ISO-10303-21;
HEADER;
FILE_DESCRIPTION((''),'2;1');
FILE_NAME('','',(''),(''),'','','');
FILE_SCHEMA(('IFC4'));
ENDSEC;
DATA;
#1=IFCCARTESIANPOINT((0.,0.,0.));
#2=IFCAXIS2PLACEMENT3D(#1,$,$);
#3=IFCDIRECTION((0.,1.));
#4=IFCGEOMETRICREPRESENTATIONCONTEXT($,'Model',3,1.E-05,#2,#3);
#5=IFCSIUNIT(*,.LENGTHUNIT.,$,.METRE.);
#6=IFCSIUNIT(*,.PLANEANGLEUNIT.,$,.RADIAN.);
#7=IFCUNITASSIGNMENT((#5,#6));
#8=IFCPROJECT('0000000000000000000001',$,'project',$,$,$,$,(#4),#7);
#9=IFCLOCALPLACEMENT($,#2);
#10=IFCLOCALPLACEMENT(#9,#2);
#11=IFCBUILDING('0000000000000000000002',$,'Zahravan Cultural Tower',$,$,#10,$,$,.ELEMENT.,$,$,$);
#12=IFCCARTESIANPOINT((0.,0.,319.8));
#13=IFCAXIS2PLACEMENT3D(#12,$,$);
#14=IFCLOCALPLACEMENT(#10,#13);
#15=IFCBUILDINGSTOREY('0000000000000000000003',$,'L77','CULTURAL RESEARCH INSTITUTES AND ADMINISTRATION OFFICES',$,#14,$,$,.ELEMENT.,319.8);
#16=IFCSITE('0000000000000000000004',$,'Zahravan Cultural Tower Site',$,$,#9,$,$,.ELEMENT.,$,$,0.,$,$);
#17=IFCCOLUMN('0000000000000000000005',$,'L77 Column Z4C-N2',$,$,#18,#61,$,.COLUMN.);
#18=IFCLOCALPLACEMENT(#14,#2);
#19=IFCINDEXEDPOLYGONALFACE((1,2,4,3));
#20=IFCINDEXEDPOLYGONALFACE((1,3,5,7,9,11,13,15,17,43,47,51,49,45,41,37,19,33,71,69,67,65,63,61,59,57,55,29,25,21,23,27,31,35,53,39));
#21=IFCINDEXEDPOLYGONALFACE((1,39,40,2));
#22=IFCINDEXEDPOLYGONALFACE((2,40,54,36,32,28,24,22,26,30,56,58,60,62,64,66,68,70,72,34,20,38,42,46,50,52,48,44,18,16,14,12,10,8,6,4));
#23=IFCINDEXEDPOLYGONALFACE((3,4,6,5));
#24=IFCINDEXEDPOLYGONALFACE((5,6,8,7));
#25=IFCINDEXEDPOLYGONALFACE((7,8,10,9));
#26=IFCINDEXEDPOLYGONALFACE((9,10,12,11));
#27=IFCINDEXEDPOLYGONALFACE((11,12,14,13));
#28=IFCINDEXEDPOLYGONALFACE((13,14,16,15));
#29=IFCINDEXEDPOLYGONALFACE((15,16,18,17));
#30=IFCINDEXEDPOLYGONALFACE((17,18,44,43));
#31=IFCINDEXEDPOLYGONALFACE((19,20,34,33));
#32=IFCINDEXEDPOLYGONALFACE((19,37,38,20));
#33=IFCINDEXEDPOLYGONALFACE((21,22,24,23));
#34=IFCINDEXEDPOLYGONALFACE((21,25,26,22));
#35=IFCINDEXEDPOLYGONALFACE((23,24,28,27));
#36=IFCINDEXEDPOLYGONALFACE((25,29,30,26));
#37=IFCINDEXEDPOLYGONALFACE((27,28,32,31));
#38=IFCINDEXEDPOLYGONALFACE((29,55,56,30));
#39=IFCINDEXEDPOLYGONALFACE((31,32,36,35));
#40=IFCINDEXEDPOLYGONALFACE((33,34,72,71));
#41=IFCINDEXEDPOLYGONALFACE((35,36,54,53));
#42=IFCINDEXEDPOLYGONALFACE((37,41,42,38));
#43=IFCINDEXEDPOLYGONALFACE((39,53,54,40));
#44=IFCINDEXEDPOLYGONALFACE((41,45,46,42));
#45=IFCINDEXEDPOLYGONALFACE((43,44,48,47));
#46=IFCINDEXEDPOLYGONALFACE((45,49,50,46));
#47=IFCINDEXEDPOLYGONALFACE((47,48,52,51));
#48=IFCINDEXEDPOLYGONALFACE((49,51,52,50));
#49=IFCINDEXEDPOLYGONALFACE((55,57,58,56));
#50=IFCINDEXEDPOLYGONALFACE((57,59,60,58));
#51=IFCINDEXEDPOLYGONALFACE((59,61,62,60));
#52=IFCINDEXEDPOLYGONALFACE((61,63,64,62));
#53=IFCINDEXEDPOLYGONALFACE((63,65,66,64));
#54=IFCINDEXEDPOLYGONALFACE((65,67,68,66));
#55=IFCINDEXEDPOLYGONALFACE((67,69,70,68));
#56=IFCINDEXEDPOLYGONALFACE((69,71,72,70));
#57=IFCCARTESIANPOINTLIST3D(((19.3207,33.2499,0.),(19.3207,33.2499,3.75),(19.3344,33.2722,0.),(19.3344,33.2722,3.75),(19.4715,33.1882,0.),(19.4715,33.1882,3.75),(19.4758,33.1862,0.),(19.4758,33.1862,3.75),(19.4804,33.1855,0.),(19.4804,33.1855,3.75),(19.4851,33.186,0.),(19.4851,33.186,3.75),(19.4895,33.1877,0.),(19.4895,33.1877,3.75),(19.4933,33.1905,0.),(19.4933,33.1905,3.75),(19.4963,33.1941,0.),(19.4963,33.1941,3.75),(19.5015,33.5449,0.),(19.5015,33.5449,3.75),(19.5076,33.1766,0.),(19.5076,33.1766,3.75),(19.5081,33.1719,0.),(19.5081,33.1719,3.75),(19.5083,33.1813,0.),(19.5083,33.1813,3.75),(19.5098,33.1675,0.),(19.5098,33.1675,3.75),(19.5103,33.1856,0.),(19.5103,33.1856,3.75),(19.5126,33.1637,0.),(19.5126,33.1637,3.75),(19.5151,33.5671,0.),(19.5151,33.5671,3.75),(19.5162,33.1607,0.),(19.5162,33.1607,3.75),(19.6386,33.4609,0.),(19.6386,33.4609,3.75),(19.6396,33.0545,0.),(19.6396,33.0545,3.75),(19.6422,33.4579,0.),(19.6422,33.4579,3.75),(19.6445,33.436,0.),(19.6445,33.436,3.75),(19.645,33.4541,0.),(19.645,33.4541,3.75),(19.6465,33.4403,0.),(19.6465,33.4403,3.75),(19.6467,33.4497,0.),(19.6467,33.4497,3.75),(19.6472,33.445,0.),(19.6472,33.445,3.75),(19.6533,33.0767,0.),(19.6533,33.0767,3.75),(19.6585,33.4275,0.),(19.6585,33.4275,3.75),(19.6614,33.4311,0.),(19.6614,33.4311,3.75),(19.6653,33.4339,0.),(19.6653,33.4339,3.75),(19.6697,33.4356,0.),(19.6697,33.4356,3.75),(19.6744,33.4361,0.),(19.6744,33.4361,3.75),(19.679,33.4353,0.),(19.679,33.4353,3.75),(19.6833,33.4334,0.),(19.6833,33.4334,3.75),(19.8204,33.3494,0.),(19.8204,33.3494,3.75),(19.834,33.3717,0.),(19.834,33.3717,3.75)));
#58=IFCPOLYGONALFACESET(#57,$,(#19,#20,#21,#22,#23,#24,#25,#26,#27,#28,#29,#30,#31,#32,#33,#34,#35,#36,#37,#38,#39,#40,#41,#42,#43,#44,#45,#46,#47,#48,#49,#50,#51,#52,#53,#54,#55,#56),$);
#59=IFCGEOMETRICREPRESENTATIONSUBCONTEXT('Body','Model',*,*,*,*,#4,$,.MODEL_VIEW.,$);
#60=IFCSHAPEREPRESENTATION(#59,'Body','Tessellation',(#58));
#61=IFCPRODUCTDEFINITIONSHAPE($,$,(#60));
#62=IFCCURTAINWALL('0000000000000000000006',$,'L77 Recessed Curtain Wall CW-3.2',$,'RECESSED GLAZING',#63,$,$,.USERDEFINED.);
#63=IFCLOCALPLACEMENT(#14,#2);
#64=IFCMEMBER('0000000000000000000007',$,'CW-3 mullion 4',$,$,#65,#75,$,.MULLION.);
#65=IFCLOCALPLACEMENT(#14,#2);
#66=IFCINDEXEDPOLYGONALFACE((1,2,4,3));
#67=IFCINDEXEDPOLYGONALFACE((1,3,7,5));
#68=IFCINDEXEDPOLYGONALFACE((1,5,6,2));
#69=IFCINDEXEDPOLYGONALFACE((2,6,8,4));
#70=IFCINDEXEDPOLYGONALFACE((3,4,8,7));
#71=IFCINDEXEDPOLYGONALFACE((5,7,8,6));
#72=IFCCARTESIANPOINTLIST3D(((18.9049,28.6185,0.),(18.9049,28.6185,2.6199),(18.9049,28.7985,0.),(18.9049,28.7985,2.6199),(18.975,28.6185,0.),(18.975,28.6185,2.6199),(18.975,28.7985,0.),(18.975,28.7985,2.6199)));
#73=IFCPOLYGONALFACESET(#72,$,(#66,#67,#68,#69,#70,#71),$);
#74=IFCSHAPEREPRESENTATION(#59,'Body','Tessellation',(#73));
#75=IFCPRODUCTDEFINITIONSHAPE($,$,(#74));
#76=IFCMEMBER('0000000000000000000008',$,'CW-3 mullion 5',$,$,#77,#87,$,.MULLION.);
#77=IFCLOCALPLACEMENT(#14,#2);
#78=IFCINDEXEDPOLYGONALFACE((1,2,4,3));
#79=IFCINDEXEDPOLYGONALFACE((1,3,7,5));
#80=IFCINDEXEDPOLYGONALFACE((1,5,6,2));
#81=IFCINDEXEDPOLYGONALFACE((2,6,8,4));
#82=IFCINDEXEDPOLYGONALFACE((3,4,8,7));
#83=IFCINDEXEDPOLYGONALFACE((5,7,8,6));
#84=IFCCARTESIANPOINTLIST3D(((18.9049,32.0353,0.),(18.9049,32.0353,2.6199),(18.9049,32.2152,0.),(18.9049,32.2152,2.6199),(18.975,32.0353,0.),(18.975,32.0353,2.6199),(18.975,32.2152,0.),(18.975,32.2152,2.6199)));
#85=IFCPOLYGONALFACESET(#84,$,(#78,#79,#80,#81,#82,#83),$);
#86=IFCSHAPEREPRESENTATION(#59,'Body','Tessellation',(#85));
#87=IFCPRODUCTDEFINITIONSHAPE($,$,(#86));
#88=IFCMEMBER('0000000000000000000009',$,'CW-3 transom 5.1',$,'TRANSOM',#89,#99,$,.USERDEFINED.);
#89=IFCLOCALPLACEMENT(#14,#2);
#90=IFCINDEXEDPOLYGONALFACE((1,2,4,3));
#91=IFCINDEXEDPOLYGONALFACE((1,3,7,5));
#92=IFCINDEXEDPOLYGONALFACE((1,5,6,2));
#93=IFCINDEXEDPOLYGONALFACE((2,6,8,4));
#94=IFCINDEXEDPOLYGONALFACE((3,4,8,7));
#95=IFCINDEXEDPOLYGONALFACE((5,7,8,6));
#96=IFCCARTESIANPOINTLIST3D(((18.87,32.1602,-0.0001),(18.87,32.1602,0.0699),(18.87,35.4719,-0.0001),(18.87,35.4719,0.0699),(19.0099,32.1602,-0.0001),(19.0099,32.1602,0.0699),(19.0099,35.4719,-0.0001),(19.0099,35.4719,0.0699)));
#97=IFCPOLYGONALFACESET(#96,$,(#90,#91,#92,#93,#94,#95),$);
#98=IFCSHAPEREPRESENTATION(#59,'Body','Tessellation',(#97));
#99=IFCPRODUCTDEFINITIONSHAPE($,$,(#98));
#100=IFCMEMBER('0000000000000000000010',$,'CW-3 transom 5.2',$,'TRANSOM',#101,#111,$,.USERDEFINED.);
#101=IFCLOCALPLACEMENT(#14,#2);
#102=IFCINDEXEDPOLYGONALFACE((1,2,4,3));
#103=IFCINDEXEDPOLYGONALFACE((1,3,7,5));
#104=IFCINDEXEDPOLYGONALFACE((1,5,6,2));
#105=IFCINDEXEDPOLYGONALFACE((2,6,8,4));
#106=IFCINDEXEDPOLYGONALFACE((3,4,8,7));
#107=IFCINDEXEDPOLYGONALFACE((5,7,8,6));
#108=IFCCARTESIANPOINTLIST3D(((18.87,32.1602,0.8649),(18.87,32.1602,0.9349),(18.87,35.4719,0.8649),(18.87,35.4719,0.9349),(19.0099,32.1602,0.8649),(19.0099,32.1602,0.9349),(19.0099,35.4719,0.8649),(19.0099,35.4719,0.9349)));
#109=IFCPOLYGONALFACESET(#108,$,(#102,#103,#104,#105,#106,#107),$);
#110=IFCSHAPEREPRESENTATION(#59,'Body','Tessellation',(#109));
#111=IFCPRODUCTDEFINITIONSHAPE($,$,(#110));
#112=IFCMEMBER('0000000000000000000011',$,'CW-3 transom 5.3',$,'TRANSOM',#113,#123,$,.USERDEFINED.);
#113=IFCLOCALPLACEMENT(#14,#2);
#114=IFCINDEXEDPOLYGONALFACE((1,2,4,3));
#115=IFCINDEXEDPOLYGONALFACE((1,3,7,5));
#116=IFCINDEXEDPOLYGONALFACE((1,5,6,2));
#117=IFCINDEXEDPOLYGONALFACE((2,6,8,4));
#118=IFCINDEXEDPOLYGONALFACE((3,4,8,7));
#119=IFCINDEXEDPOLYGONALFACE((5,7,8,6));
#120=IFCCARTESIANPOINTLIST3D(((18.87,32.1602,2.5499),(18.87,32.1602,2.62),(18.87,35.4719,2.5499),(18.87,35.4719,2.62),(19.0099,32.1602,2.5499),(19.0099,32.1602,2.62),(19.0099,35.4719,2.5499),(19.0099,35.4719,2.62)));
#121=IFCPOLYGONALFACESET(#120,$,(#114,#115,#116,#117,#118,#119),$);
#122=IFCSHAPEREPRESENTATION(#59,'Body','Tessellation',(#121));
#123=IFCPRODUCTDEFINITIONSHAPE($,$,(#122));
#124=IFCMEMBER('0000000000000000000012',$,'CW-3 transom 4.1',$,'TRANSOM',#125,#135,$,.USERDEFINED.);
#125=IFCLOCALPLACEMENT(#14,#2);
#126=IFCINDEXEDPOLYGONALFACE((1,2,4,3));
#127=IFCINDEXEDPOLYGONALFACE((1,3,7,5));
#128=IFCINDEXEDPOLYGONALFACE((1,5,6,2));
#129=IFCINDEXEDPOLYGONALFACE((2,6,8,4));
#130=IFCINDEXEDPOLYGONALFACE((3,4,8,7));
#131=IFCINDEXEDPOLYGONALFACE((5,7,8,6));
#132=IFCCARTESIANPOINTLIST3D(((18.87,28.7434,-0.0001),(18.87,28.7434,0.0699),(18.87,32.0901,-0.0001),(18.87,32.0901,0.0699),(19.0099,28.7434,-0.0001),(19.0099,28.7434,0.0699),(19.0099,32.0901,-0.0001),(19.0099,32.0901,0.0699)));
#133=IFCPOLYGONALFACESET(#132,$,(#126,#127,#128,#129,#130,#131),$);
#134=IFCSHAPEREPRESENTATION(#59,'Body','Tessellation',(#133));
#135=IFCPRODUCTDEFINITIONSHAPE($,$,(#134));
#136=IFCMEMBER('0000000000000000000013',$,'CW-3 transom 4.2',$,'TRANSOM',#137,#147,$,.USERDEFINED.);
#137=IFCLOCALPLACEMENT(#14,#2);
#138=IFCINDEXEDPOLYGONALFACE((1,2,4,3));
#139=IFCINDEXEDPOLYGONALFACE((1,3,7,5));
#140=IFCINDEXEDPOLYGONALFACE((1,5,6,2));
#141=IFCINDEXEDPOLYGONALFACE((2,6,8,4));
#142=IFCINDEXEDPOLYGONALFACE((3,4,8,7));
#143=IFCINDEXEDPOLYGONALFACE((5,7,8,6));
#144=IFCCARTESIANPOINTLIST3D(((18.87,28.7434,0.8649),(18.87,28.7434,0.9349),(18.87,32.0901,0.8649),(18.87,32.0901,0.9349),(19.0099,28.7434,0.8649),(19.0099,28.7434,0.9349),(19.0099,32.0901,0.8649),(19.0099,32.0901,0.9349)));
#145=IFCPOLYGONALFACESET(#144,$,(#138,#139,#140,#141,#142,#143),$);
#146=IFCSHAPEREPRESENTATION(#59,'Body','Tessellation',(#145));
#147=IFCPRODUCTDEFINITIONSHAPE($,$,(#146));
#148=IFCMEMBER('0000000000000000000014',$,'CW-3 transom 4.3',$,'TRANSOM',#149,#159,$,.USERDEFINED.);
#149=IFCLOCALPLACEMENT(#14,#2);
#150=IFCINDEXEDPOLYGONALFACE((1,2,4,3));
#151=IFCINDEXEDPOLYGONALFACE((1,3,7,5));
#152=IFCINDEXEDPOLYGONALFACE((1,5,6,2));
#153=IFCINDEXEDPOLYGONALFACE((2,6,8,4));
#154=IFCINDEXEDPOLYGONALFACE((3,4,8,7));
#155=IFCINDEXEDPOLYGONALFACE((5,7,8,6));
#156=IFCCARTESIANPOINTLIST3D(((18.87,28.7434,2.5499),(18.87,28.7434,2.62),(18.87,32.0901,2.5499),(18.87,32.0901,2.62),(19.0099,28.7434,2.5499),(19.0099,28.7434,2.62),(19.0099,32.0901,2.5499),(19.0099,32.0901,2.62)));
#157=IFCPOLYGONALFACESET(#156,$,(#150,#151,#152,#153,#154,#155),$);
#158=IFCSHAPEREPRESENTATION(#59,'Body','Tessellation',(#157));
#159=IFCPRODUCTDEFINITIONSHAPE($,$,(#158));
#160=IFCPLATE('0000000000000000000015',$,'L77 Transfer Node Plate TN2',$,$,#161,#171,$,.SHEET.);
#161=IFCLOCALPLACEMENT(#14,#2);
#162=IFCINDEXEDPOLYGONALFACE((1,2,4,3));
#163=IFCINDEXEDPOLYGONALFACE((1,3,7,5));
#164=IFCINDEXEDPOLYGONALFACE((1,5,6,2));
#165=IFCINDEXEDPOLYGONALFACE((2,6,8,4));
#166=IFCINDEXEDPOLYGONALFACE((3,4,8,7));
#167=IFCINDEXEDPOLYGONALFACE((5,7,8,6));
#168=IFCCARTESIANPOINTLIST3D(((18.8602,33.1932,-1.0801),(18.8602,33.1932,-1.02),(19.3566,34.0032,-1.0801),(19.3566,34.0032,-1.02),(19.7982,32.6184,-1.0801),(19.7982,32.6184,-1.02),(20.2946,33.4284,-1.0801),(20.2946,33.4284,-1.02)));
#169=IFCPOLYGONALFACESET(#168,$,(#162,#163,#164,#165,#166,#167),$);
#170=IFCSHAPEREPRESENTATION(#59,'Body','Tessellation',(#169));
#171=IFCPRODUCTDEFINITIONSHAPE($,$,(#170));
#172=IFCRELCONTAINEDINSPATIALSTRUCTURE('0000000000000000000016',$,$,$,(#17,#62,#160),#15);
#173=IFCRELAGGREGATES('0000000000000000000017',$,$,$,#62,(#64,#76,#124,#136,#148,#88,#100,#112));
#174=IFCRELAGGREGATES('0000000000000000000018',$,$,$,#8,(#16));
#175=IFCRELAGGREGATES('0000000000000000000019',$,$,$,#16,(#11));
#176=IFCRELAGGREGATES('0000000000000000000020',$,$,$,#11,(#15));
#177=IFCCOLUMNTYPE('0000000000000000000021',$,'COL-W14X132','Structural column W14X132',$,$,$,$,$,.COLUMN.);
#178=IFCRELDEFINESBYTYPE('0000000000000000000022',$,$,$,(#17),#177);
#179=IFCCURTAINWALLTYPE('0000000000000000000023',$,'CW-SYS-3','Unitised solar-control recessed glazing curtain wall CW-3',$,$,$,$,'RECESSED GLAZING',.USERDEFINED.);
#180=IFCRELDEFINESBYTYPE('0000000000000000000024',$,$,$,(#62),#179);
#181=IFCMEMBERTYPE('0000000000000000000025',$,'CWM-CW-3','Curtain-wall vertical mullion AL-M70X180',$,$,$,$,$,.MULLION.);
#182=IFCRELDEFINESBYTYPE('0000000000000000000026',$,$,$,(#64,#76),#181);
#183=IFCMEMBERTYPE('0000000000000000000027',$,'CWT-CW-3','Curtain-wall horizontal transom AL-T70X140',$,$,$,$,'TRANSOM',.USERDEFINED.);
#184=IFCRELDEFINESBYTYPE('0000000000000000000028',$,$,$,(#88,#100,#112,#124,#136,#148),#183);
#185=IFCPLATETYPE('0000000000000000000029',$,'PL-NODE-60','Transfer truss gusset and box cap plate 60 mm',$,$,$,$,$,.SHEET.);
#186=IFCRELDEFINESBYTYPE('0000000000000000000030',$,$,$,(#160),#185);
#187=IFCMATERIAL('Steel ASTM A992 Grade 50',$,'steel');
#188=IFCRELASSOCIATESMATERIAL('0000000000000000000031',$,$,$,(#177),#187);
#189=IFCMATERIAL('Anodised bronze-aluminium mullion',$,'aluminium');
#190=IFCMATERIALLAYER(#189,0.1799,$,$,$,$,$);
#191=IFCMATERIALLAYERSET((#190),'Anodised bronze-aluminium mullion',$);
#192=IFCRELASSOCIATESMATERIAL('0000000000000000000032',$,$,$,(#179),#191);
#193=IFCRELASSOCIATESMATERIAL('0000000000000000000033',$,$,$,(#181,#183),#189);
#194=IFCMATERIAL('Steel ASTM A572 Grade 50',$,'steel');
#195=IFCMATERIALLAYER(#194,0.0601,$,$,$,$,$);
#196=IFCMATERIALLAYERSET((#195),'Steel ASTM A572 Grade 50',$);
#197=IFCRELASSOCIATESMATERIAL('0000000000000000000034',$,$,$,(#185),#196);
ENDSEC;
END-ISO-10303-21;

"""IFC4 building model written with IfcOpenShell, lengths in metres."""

from ifc_helpers import new_model, si_unit, direction, frame, origin, origin_2d, place, context, subcontext, project, spatial, rectangle, i_section, extrude, source, transform, mapped, material, layer, layer_set, material_profile, profile_set, type_object, element, aggregate, save


model = new_model("IFC4")

# Units and contexts
model_context = context("Model", 3, precision=1e-05, world=origin(), true_north=direction((0.0, 1.0)))
body_context = subcontext(model_context, "Body", "Model", "MODEL_VIEW")
ifc_project = project(units=[si_unit("LENGTHUNIT", "METRE"), si_unit("PLANEANGLEUNIT", "RADIAN")], contexts=[model_context])

# Site, building, storey
site_placement = place(None, origin())
site = spatial("IfcSite", under=ifc_project, at=site_placement, Name="Zahravan Cultural Tower Site", CompositionType="ELEMENT", RefElevation=0.0)
building_placement = place(site_placement, origin())
building = spatial("IfcBuilding", under=site, at=building_placement, Name="Zahravan Cultural Tower", CompositionType="ELEMENT")
storey_placement = place(building_placement, frame((0.0, 0.0, 319.8)))
storey = spatial("IfcBuildingStorey", under=building, at=storey_placement, Name="L77", Description="CULTURAL RESEARCH INSTITUTES AND ADMINISTRATION OFFICES", CompositionType="ELEMENT", Elevation=319.8)

# Column
ifc_material_1 = material(Name="Steel ASTM A992 Grade 50", Category="steel")
ifc_material_profile_1 = material_profile(ifc_material_1, i_section(OverallWidth=0.374, OverallDepth=0.3721, WebThickness=0.0164, FlangeThickness=0.0261, FilletRadius=0.0181, at=origin_2d()), Name="W14X132")
ifc_profile_set_1 = profile_set([ifc_material_profile_1], Name="Steel ASTM A992 Grade 50")
column_type = type_object("IfcColumnType", Name="COL-W14X132", Description="Structural column W14X132", PredefinedType="COLUMN", material=ifc_profile_set_1)
shared_shape_1 = source(origin(), body_context, "Body", "SweptSolid", [
    extrude(i_section(OverallWidth=0.374, OverallDepth=0.3721, WebThickness=0.0164, FlangeThickness=0.0261, FilletRadius=0.0181, at=origin_2d()), origin(), (0.0, 0.0, 1.0), 3.75),
])
column_placement = place(storey_placement, frame((19.5774, 33.3108, 0.0), z_axis=(0.0, 0.0, 1.0), x_axis=(-0.85264, 0.522499, 0.0)))
element("IfcColumn", 1, at=column_placement, inside=storey, type_object=column_type, Name="L77 Column Z4C-N2", PredefinedType="COLUMN", context=body_context, shape_type="MappedRepresentation", body=[
    mapped(shared_shape_1, transform((0.0, 0.0, 0.0), x_axis=(1.0, 0.0, 0.0), y_axis=(0.0, 1.0, 0.0), z_axis=(0.0, 0.0, 1.0), scale=1.0)),
])

# Curtain wall, members
ifc_material_2 = material(Name="Anodised bronze-aluminium mullion", Category="aluminium")
ifc_layer_1 = layer(ifc_material_2, 0.1799)
ifc_layer_set_1 = layer_set([ifc_layer_1], Name="Anodised bronze-aluminium mullion")
curtain_wall_type = type_object("IfcCurtainWallType", Name="CW-SYS-3", Description="Unitised solar-control recessed glazing curtain wall CW-3", ElementType="RECESSED GLAZING", PredefinedType="USERDEFINED", material=ifc_layer_set_1)
curtain_wall_placement = place(storey_placement, origin())
curtain_wall = element("IfcCurtainWall", 2, at=curtain_wall_placement, inside=storey, type_object=curtain_wall_type, Name="L77 Recessed Curtain Wall CW-3.2", ObjectType="RECESSED GLAZING", PredefinedType="USERDEFINED")
ifc_material_profile_2 = material_profile(ifc_material_2, rectangle(XDim=0.0701, YDim=0.1799, at=origin_2d()), Name="AL-M70X180")
ifc_profile_set_2 = profile_set([ifc_material_profile_2], Name="Anodised bronze-aluminium mullion")
member_type_1 = type_object("IfcMemberType", Name="CWM-CW-3", Description="Curtain-wall vertical mullion AL-M70X180", PredefinedType="MULLION", material=ifc_profile_set_2)
shared_shape_2 = source(origin(), body_context, "Body", "SweptSolid", [
    extrude(rectangle(XDim=0.0701, YDim=0.1799, at=origin_2d()), origin(), (0.0, 0.0, 1.0), 2.6199),
])
member_1_placement = place(storey_placement, frame((18.9399, 28.7085, 0.0), z_axis=(0.0, 0.0, 1.0), x_axis=(-1.0, 0.0, 0.0)))
member_1 = element("IfcMember", 3, at=member_1_placement, type_object=member_type_1, Name="CW-3 mullion 4", PredefinedType="MULLION", context=body_context, shape_type="MappedRepresentation", body=[
    mapped(shared_shape_2, transform((0.0, 0.0, 0.0), x_axis=(1.0, 0.0, 0.0), y_axis=(0.0, 1.0, 0.0), z_axis=(0.0, 0.0, 1.0), scale=1.0)),
])
member_2_placement = place(storey_placement, frame((18.9399, 32.1252, 0.0), z_axis=(0.0, 0.0, 1.0), x_axis=(-1.0, 0.0, 0.0)))
member_2 = element("IfcMember", 4, at=member_2_placement, type_object=member_type_1, Name="CW-3 mullion 5", PredefinedType="MULLION", context=body_context, shape_type="MappedRepresentation", body=[
    mapped(shared_shape_2, transform((0.0, 0.0, 0.0), x_axis=(1.0, 0.0, 0.0), y_axis=(0.0, 1.0, 0.0), z_axis=(0.0, 0.0, 1.0), scale=1.0)),
])
ifc_material_profile_3 = material_profile(ifc_material_2, rectangle(XDim=0.1399, YDim=0.0701, at=origin_2d()), Name="AL-T70X140")
ifc_profile_set_3 = profile_set([ifc_material_profile_3], Name="Anodised bronze-aluminium mullion")
member_type_2 = type_object("IfcMemberType", Name="CWT-CW-3", Description="Curtain-wall horizontal transom AL-T70X140", ElementType="TRANSOM", PredefinedType="USERDEFINED", material=ifc_profile_set_3)
shared_shape_3 = source(origin(), body_context, "Body", "SweptSolid", [
    extrude(rectangle(XDim=0.1399, YDim=0.0701, at=origin_2d()), origin(), (0.0, 0.0, 1.0), 3.3118),
])
member_3_placement = place(storey_placement, frame((18.9399, 32.1602, 0.0349), z_axis=(0.0, 1.0, 0.0), x_axis=(-1.0, 0.0, 0.0)))
member_3 = element("IfcMember", 5, at=member_3_placement, type_object=member_type_2, Name="CW-3 transom 5.1", ObjectType="TRANSOM", PredefinedType="USERDEFINED", context=body_context, shape_type="MappedRepresentation", body=[
    mapped(shared_shape_3, transform((0.0, 0.0, 0.0), x_axis=(1.0, 0.0, 0.0), y_axis=(0.0, 1.0, 0.0), z_axis=(0.0, 0.0, 1.0), scale=1.0)),
])
member_4_placement = place(storey_placement, frame((18.9399, 32.1602, 0.8999), z_axis=(0.0, 1.0, 0.0), x_axis=(-1.0, 0.0, 0.0)))
member_4 = element("IfcMember", 6, at=member_4_placement, type_object=member_type_2, Name="CW-3 transom 5.2", ObjectType="TRANSOM", PredefinedType="USERDEFINED", context=body_context, shape_type="MappedRepresentation", body=[
    mapped(shared_shape_3, transform((0.0, 0.0, 0.0), x_axis=(1.0, 0.0, 0.0), y_axis=(0.0, 1.0, 0.0), z_axis=(0.0, 0.0, 1.0), scale=1.0)),
])
member_5_placement = place(storey_placement, frame((18.9399, 32.1602, 2.585), z_axis=(0.0, 1.0, 0.0), x_axis=(-1.0, 0.0, 0.0)))
member_5 = element("IfcMember", 7, at=member_5_placement, type_object=member_type_2, Name="CW-3 transom 5.3", ObjectType="TRANSOM", PredefinedType="USERDEFINED", context=body_context, shape_type="MappedRepresentation", body=[
    mapped(shared_shape_3, transform((0.0, 0.0, 0.0), x_axis=(1.0, 0.0, 0.0), y_axis=(0.0, 1.0, 0.0), z_axis=(0.0, 0.0, 1.0), scale=1.0)),
])
shared_shape_4 = source(origin(), body_context, "Body", "SweptSolid", [
    extrude(rectangle(XDim=0.1399, YDim=0.0701, at=origin_2d()), origin(), (0.0, 0.0, 1.0), 3.3467),
])
member_6_placement = place(storey_placement, frame((18.9399, 28.7434, 0.0349), z_axis=(0.0, 1.0, 0.0), x_axis=(-1.0, 0.0, 0.0)))
member_6 = element("IfcMember", 8, at=member_6_placement, type_object=member_type_2, Name="CW-3 transom 4.1", ObjectType="TRANSOM", PredefinedType="USERDEFINED", context=body_context, shape_type="MappedRepresentation", body=[
    mapped(shared_shape_4, transform((0.0, 0.0, 0.0), x_axis=(1.0, 0.0, 0.0), y_axis=(0.0, 1.0, 0.0), z_axis=(0.0, 0.0, 1.0), scale=1.0)),
])
member_7_placement = place(storey_placement, frame((18.9399, 28.7434, 0.8999), z_axis=(0.0, 1.0, 0.0), x_axis=(-1.0, 0.0, 0.0)))
member_7 = element("IfcMember", 9, at=member_7_placement, type_object=member_type_2, Name="CW-3 transom 4.2", ObjectType="TRANSOM", PredefinedType="USERDEFINED", context=body_context, shape_type="MappedRepresentation", body=[
    mapped(shared_shape_4, transform((0.0, 0.0, 0.0), x_axis=(1.0, 0.0, 0.0), y_axis=(0.0, 1.0, 0.0), z_axis=(0.0, 0.0, 1.0), scale=1.0)),
])
member_8_placement = place(storey_placement, frame((18.9399, 28.7434, 2.585), z_axis=(0.0, 1.0, 0.0), x_axis=(-1.0, 0.0, 0.0)))
member_8 = element("IfcMember", 10, at=member_8_placement, type_object=member_type_2, Name="CW-3 transom 4.3", ObjectType="TRANSOM", PredefinedType="USERDEFINED", context=body_context, shape_type="MappedRepresentation", body=[
    mapped(shared_shape_4, transform((0.0, 0.0, 0.0), x_axis=(1.0, 0.0, 0.0), y_axis=(0.0, 1.0, 0.0), z_axis=(0.0, 0.0, 1.0), scale=1.0)),
])

# Plate
ifc_material_3 = material(Name="Steel ASTM A572 Grade 50", Category="steel")
ifc_layer_2 = layer(ifc_material_3, 0.0601)
ifc_layer_set_2 = layer_set([ifc_layer_2], Name="Steel ASTM A572 Grade 50")
plate_type_1 = type_object("IfcPlateType", Name="PL-NODE-60", Description="Transfer truss gusset and box cap plate 60 mm", PredefinedType="SHEET", material=ifc_layer_set_2)
shared_shape_5 = source(origin(), body_context, "Body", "SweptSolid", [
    extrude(rectangle(XDim=1.1001, YDim=0.95, at=origin_2d()), origin(), (0.0, 0.0, 1.0), 0.0601),
])
plate_1_placement = place(storey_placement, frame((19.5774, 33.3108, -1.0801), z_axis=(0.0, 0.0, 1.0), x_axis=(-0.85264, 0.522499, 0.0)))
element("IfcPlate", 11, at=plate_1_placement, inside=storey, type_object=plate_type_1, Name="L77 Transfer Node Plate TN2", PredefinedType="SHEET", context=body_context, shape_type="MappedRepresentation", body=[
    mapped(shared_shape_5, transform((0.0, 0.0, 0.0), x_axis=(1.0, 0.0, 0.0), y_axis=(0.0, 1.0, 0.0), z_axis=(0.0, 0.0, 1.0), scale=1.0)),
])
aggregate(curtain_wall, [member_1, member_2, member_6, member_7, member_8, member_3, member_4, member_5])

save(model, "model.ifc")
